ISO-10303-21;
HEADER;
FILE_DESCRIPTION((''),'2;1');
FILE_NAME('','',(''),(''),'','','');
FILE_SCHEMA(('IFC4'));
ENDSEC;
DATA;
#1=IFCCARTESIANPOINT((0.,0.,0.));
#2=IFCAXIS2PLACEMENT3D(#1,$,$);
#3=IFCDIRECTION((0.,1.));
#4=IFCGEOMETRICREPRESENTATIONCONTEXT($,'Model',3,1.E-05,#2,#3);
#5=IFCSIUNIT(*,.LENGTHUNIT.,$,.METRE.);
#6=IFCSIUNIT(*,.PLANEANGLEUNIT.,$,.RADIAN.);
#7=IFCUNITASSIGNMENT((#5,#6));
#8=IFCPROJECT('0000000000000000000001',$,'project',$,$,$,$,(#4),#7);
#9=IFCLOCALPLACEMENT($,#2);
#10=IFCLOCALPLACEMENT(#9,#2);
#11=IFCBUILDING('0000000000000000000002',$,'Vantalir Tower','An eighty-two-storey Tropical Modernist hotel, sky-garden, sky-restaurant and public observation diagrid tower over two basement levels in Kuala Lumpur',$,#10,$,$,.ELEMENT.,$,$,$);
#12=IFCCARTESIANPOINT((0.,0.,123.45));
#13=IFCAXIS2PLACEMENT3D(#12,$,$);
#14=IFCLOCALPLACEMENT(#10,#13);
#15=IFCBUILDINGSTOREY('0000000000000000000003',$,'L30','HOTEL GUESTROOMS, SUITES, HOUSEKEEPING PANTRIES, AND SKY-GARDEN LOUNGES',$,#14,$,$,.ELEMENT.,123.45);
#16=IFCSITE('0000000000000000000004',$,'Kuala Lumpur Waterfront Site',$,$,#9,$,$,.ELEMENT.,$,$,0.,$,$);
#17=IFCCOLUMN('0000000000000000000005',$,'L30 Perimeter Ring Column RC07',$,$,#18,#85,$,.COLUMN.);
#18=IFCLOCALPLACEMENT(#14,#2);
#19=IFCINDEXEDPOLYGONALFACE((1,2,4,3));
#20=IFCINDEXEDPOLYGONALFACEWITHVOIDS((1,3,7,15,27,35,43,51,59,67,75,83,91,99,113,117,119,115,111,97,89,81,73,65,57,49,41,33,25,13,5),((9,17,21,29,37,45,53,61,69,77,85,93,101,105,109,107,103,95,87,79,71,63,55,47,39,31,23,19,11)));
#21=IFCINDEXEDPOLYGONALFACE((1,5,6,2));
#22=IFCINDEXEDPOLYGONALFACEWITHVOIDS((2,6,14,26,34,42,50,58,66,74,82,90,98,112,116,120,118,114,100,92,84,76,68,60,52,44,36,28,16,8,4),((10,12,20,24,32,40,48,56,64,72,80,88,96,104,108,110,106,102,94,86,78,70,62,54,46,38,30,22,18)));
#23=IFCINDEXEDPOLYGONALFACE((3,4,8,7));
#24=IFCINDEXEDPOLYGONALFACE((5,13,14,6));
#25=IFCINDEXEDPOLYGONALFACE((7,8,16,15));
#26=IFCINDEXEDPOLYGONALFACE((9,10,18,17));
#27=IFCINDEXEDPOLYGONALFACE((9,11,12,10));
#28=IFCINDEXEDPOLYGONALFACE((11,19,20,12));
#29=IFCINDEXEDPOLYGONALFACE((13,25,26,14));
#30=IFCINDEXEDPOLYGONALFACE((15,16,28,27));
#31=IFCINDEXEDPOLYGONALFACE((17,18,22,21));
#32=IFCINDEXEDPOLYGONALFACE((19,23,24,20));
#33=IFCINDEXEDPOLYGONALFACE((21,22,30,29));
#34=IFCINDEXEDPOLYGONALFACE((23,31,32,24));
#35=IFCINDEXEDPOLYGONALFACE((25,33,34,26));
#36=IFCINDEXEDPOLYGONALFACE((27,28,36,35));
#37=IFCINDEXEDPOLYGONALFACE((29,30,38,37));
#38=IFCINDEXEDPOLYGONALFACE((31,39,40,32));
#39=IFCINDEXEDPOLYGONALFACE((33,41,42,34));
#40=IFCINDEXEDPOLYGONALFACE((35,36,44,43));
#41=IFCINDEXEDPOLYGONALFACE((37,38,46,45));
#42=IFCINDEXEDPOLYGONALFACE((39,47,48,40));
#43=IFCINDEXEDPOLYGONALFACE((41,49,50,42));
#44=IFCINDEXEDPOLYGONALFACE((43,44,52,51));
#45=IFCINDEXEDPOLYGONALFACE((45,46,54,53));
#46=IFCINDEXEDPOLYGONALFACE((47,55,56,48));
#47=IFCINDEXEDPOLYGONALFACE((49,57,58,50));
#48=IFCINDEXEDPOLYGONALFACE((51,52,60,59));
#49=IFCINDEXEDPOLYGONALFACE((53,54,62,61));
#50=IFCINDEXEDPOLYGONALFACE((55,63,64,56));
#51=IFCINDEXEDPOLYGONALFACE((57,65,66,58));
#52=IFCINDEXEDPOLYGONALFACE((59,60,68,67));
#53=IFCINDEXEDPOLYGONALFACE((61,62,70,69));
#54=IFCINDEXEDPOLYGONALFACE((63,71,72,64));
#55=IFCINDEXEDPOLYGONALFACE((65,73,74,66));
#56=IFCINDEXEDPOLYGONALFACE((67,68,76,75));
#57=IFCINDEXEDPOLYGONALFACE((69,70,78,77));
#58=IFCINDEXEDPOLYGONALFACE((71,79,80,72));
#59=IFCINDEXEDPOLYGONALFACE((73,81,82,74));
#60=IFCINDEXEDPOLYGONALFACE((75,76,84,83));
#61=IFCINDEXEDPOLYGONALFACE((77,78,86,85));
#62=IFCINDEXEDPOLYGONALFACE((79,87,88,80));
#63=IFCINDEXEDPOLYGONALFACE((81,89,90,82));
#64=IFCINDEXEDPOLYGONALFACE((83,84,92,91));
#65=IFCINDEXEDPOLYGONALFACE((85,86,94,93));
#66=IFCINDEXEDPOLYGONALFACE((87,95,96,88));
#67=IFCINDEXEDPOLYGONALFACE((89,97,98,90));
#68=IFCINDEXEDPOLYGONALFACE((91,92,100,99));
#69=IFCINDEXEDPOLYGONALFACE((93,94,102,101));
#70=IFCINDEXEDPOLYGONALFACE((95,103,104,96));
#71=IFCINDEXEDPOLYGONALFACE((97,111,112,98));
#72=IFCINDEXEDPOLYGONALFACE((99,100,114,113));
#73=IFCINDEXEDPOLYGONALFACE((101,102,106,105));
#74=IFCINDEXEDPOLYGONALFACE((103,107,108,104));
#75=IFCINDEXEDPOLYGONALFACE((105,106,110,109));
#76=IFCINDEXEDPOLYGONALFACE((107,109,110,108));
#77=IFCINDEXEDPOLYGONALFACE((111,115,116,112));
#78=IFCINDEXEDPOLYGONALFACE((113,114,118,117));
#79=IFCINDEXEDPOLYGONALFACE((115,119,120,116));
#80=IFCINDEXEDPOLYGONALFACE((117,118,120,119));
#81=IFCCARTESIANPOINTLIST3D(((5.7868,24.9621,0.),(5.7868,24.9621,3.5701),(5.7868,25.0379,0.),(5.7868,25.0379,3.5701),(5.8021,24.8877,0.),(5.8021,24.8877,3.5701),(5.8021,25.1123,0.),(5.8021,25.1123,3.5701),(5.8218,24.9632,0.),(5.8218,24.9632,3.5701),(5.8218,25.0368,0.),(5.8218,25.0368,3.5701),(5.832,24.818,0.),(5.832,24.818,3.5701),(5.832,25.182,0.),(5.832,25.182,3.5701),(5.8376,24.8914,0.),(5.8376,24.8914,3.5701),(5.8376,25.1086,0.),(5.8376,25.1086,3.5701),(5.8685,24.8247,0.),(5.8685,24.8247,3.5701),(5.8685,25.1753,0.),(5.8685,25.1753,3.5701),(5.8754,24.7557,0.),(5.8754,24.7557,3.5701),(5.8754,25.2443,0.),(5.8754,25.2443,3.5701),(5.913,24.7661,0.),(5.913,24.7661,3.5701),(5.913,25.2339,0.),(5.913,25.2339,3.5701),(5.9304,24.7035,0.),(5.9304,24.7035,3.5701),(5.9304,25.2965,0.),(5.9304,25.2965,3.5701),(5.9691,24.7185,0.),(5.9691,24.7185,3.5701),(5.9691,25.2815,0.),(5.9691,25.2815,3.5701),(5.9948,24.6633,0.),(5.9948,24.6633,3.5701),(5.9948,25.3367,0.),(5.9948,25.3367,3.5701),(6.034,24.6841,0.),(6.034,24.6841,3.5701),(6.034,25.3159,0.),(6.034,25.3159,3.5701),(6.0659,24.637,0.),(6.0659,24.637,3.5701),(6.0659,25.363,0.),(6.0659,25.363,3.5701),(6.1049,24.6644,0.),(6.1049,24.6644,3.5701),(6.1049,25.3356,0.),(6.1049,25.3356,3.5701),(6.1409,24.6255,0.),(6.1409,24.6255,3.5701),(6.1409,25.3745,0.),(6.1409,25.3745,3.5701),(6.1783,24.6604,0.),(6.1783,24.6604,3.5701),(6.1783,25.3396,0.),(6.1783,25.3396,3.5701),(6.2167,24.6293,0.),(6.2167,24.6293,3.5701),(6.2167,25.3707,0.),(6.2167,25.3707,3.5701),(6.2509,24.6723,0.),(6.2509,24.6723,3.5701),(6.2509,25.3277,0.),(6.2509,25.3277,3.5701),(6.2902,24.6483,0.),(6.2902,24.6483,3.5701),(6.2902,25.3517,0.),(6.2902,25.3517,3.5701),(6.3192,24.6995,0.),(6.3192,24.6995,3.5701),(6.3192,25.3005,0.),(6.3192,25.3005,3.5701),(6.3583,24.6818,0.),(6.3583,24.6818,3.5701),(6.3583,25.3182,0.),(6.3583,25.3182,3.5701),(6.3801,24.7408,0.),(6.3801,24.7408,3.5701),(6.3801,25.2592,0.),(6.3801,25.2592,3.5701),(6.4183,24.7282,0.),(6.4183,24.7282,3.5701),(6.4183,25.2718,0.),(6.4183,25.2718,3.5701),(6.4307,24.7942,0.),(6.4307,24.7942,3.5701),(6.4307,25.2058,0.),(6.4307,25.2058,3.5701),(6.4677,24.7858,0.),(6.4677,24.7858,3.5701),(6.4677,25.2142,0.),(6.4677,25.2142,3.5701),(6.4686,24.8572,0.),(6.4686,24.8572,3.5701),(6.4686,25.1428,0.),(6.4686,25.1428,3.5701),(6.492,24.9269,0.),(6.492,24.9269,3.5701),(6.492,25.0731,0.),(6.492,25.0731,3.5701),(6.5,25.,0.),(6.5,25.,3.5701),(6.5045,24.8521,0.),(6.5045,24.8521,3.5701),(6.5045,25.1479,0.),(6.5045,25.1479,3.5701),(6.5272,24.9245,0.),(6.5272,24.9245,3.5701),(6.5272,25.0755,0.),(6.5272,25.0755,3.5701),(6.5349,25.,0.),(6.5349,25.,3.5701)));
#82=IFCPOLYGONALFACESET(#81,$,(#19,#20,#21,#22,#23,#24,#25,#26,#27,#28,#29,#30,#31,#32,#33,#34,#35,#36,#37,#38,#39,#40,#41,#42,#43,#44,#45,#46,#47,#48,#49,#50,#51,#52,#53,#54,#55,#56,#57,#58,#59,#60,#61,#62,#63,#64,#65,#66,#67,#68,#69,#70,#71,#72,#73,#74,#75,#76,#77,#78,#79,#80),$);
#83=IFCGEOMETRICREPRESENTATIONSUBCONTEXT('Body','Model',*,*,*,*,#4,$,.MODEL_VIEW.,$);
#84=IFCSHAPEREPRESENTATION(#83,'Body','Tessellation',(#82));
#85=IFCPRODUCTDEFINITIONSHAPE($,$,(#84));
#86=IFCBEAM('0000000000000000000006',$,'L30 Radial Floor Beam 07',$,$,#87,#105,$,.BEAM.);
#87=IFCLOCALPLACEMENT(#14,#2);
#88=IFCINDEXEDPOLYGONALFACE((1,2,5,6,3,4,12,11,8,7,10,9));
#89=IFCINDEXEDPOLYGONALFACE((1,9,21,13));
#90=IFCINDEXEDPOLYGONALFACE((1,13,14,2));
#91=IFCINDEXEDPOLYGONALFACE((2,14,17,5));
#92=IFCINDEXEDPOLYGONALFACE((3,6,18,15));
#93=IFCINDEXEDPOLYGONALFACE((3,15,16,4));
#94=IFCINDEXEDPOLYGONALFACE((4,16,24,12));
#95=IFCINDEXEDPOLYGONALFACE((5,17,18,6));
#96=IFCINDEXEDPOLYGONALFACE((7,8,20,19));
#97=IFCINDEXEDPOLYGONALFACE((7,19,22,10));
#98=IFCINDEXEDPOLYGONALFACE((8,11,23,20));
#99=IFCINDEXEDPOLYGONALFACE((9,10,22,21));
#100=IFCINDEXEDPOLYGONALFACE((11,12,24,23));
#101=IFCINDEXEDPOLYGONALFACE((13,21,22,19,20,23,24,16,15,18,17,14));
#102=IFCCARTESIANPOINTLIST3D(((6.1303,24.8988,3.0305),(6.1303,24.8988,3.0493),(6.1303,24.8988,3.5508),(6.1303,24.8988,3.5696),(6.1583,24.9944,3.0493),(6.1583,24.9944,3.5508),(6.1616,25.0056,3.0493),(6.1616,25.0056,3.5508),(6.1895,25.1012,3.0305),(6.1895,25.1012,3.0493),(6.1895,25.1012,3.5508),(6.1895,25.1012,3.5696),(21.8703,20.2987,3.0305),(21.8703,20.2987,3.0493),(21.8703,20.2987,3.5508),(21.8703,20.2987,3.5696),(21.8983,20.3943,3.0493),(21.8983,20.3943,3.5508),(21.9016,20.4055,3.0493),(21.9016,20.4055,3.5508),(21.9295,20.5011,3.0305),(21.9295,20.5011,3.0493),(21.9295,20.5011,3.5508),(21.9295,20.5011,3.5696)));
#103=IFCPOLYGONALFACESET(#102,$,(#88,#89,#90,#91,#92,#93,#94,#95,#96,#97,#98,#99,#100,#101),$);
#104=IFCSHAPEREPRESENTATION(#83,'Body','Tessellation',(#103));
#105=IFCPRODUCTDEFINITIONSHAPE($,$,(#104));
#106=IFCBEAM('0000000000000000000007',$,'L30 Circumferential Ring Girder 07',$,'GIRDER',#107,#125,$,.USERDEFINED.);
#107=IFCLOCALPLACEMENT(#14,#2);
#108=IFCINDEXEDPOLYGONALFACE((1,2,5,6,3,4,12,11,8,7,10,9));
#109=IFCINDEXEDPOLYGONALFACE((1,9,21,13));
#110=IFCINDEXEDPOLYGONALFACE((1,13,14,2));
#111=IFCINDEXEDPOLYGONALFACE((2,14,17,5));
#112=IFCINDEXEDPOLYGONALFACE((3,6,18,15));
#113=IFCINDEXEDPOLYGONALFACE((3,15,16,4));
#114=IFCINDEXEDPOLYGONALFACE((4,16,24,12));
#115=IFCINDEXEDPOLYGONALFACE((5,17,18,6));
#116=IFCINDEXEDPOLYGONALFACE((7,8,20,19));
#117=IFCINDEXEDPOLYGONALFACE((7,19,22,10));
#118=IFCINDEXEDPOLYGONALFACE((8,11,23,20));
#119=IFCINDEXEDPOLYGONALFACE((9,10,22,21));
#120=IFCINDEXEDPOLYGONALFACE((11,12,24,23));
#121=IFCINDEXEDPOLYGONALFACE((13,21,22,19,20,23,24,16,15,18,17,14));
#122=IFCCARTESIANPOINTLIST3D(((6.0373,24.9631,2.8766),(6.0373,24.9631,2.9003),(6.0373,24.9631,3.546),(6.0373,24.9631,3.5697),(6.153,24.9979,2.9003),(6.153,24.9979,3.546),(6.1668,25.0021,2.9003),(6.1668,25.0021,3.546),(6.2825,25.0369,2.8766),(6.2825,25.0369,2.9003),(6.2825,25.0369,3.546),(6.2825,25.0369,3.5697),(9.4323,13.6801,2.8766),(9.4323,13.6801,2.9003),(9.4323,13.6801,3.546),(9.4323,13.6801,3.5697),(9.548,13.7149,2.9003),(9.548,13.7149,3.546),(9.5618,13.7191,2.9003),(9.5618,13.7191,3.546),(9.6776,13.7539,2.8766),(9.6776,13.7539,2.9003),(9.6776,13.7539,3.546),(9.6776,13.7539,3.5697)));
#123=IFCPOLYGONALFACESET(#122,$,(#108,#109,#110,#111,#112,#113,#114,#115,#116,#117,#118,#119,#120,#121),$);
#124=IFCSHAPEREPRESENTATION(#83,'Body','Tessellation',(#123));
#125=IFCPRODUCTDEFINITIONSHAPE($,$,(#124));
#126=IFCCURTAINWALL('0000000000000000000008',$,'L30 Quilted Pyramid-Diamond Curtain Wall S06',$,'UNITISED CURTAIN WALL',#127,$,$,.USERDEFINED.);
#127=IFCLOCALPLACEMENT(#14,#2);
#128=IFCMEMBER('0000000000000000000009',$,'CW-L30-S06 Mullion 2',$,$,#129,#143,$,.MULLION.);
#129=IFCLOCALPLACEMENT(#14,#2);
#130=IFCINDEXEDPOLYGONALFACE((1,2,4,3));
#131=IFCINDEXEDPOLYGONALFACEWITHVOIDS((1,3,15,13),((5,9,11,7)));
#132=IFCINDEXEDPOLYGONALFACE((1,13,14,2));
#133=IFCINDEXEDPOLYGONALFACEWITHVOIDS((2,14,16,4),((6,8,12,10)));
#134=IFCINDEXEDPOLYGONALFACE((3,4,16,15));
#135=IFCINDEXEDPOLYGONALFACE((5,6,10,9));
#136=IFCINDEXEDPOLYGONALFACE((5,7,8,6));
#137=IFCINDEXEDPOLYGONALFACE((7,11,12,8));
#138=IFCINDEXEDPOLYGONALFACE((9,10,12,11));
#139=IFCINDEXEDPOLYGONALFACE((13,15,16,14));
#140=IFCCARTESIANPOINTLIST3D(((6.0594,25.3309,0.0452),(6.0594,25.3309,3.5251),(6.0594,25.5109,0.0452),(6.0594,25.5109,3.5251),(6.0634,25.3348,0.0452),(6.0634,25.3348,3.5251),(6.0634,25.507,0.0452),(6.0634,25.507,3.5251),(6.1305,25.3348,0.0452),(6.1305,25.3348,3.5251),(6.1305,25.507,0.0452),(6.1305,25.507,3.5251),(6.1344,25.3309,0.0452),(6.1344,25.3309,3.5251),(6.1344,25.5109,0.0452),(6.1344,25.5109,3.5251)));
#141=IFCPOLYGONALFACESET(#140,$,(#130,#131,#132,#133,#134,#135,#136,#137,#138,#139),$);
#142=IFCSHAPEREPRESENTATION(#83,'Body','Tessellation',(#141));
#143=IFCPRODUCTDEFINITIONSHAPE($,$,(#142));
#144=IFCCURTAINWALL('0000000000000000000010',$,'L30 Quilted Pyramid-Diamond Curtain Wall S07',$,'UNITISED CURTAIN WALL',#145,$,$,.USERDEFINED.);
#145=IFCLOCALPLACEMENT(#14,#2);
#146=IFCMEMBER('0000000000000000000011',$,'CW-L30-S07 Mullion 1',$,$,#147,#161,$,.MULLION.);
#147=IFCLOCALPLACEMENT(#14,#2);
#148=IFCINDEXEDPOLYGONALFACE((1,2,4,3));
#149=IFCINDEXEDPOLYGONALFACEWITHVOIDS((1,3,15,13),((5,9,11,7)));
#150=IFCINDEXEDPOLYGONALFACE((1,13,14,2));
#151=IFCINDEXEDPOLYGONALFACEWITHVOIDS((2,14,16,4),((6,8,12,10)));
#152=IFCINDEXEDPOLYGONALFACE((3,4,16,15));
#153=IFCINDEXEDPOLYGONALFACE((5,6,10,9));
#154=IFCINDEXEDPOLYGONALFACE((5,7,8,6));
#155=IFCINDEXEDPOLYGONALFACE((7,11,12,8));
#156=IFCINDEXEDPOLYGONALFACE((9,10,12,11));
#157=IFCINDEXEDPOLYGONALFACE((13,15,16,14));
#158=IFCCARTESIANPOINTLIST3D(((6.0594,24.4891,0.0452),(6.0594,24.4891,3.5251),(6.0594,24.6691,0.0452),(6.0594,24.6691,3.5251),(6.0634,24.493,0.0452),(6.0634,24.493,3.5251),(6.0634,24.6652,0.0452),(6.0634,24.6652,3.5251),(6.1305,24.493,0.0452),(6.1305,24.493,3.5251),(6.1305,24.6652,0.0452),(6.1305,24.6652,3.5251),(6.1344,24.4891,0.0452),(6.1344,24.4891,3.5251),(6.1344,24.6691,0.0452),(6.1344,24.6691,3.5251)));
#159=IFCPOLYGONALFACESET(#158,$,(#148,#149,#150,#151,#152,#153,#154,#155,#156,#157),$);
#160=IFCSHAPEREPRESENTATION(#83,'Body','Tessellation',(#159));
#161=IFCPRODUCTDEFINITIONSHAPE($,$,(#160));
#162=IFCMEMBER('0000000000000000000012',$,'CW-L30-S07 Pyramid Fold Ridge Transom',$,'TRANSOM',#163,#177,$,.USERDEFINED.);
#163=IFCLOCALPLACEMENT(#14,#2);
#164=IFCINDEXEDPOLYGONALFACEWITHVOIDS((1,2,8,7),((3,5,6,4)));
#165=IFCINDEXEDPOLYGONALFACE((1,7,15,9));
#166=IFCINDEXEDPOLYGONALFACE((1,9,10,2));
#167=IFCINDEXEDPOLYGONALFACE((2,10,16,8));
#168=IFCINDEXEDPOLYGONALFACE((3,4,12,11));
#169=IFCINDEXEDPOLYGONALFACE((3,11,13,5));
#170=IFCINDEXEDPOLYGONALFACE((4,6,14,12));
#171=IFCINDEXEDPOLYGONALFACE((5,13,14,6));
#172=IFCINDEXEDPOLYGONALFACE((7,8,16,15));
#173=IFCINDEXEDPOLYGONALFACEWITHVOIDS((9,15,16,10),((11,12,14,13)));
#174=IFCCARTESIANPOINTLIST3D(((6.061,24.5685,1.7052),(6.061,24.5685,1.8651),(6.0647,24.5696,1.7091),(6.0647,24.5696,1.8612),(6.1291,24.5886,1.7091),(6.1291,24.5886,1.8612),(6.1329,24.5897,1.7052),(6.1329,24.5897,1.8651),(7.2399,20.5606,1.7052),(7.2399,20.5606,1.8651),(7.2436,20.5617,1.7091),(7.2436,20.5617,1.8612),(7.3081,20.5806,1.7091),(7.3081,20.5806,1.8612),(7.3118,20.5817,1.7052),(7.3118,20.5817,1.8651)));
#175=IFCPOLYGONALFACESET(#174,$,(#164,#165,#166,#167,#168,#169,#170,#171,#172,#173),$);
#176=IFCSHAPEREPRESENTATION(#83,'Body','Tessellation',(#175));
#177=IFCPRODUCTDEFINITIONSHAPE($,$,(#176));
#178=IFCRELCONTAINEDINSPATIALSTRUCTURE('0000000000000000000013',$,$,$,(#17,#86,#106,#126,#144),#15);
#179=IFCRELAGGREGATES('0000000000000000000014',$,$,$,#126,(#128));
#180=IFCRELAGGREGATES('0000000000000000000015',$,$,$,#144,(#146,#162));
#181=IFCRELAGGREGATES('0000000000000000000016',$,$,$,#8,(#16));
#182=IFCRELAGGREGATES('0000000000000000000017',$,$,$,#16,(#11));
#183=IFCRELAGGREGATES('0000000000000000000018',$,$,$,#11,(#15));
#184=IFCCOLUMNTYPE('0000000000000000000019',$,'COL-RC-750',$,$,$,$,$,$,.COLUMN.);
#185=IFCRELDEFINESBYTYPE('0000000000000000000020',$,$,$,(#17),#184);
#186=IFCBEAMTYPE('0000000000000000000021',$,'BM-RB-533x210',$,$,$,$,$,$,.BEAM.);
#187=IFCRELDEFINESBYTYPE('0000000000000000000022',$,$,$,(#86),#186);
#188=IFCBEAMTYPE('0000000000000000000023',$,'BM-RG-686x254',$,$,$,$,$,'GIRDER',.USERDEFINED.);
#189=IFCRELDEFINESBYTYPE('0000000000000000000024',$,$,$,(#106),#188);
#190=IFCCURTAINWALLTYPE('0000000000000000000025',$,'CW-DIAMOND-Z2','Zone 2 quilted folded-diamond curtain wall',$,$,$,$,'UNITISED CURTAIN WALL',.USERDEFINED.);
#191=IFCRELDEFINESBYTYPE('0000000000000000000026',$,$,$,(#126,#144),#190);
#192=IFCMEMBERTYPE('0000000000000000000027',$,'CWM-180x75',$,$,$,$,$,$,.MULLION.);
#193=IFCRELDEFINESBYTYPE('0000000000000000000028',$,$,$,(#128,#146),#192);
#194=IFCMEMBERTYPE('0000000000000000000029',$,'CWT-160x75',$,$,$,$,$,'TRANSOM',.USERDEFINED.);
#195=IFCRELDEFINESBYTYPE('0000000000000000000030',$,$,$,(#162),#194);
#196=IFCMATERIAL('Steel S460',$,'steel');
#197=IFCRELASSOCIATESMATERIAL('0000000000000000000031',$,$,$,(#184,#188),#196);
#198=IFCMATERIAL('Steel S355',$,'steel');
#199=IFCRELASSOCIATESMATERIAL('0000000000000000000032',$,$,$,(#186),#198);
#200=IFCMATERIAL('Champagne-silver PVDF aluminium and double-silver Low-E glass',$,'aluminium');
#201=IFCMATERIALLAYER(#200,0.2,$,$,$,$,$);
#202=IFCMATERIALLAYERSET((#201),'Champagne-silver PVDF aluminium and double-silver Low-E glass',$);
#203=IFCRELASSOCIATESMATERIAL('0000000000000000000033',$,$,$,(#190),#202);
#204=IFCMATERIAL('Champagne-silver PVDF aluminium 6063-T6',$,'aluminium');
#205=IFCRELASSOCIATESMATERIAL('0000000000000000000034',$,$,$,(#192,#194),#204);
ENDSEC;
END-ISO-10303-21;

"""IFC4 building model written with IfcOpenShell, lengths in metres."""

from ifc_helpers import new_model, si_unit, direction, frame, origin, origin_2d, place, context, subcontext, project, spatial, hollow_rectangle, hollow_circle, i_section, extrude, material, layer, layer_set, material_profile, profile_set, type_object, element, aggregate, save


model = new_model("IFC4")

# Units and contexts
model_context = context("Model", 3, precision=1e-05, world=origin(), true_north=direction((0.0, 1.0)))
body_context = subcontext(model_context, "Body", "Model", "MODEL_VIEW")
ifc_project = project(units=[si_unit("LENGTHUNIT", "METRE"), si_unit("PLANEANGLEUNIT", "RADIAN")], contexts=[model_context])

# Site, building, storey
site_placement = place(None, origin())
site = spatial("IfcSite", under=ifc_project, at=site_placement, Name="Kuala Lumpur Waterfront Site", CompositionType="ELEMENT", RefElevation=0.0)
building_placement = place(site_placement, origin())
building = spatial("IfcBuilding", under=site, at=building_placement, Name="Vantalir Tower", Description="An eighty-two-storey Tropical Modernist hotel, sky-garden, sky-restaurant and public observation diagrid tower over two basement levels in Kuala Lumpur", CompositionType="ELEMENT")
storey_placement = place(building_placement, frame((0.0, 0.0, 123.45)))
storey = spatial("IfcBuildingStorey", under=building, at=storey_placement, Name="L30", Description="HOTEL GUESTROOMS, SUITES, HOUSEKEEPING PANTRIES, AND SKY-GARDEN LOUNGES", CompositionType="ELEMENT", Elevation=123.45)

# Column
ifc_material_1 = material(Name="Steel S460", Category="steel")
ifc_material_profile_1 = material_profile(ifc_material_1, hollow_circle(Radius=0.375, WallThickness=0.0349, at=origin_2d()), Name="Steel S460")
ifc_profile_set_1 = profile_set([ifc_material_profile_1], Name="Steel S460")
column_type = type_object("IfcColumnType", Name="COL-RC-750", PredefinedType="COLUMN", material=ifc_profile_set_1)
column_placement = place(storey_placement, frame((6.1599, 25.0, 0.0), z_axis=(0.0, 0.0, 1.0), x_axis=(1.0, 0.0, 0.0)))
element("IfcColumn", 1, at=column_placement, inside=storey, type_object=column_type, Name="L30 Perimeter Ring Column RC07", PredefinedType="COLUMN", context=body_context, shape_type="SweptSolid", body=[
    extrude(hollow_circle(Radius=0.375, WallThickness=0.0349, at=origin_2d()), origin(), (0.0, 0.0, 1.0), 3.5701),
])

# Beams
ifc_material_2 = material(Name="Steel S355", Category="steel")
ifc_material_profile_2 = material_profile(ifc_material_2, i_section(OverallWidth=0.2109, OverallDepth=0.5391, WebThickness=0.0117, FlangeThickness=0.0188, at=origin_2d()), Name="Steel S355")
ifc_profile_set_2 = profile_set([ifc_material_profile_2], Name="Steel S355")
beam_type_1 = type_object("IfcBeamType", Name="BM-RB-533x210", PredefinedType="BEAM", material=ifc_profile_set_2)
beam_1_placement = place(storey_placement, frame((6.1599, 25.0, 3.3), z_axis=(0.959848, -0.280521, 0.0), x_axis=(0.280521, 0.959848, 0.0)))
element("IfcBeam", 2, at=beam_1_placement, inside=storey, type_object=beam_type_1, Name="L30 Radial Floor Beam 07", PredefinedType="BEAM", context=body_context, shape_type="SweptSolid", body=[
    extrude(i_section(OverallWidth=0.2109, OverallDepth=0.5391, WebThickness=0.0117, FlangeThickness=0.0188, at=origin_2d()), origin(), (0.0, 0.0, 1.0), 16.3984),
])
ifc_material_profile_3 = material_profile(ifc_material_1, i_section(OverallWidth=0.2561, OverallDepth=0.6931, WebThickness=0.0144, FlangeThickness=0.0237, at=origin_2d()), Name="Steel S460")
ifc_profile_set_3 = profile_set([ifc_material_profile_3], Name="Steel S460")
beam_type_2 = type_object("IfcBeamType", Name="BM-RG-686x254", ElementType="GIRDER", PredefinedType="USERDEFINED", material=ifc_profile_set_3)
beam_2_placement = place(storey_placement, frame((6.1599, 25.0, 3.2231), z_axis=(0.288137, -0.957589, 0.0), x_axis=(0.957589, 0.288137, 0.0)))
element("IfcBeam", 3, at=beam_2_placement, inside=storey, type_object=beam_type_2, Name="L30 Circumferential Ring Girder 07", ObjectType="GIRDER", PredefinedType="USERDEFINED", context=body_context, shape_type="SweptSolid", body=[
    extrude(i_section(OverallWidth=0.2561, OverallDepth=0.6931, WebThickness=0.0144, FlangeThickness=0.0237, at=origin_2d()), origin(), (0.0, 0.0, 1.0), 11.7827),
])

# Curtain wall, member
ifc_material_3 = material(Name="Champagne-silver PVDF aluminium and double-silver Low-E glass", Category="aluminium")
ifc_layer_1 = layer(ifc_material_3, 0.2)
ifc_layer_set_1 = layer_set([ifc_layer_1], Name="Champagne-silver PVDF aluminium and double-silver Low-E glass")
curtain_wall_type = type_object("IfcCurtainWallType", Name="CW-DIAMOND-Z2", Description="Zone 2 quilted folded-diamond curtain wall", ElementType="UNITISED CURTAIN WALL", PredefinedType="USERDEFINED", material=ifc_layer_set_1)
curtain_wall_1_placement = place(storey_placement, origin())
curtain_wall_1 = element("IfcCurtainWall", 4, at=curtain_wall_1_placement, inside=storey, type_object=curtain_wall_type, Name="L30 Quilted Pyramid-Diamond Curtain Wall S06", ObjectType="UNITISED CURTAIN WALL", PredefinedType="USERDEFINED")
ifc_material_4 = material(Name="Champagne-silver PVDF aluminium 6063-T6", Category="aluminium")
ifc_material_profile_4 = material_profile(ifc_material_4, hollow_rectangle(XDim=0.075, YDim=0.1799, WallThickness=0.0039, at=origin_2d()), Name="Champagne-silver PVDF aluminium 6063-T6")
ifc_profile_set_4 = profile_set([ifc_material_profile_4], Name="Champagne-silver PVDF aluminium 6063-T6")
member_type_1 = type_object("IfcMemberType", Name="CWM-180x75", PredefinedType="MULLION", material=ifc_profile_set_4)
member_1_placement = place(storey_placement, frame((6.0969, 25.4209, 0.0452), z_axis=(0.0, 0.0, 1.0), x_axis=(1.0, 0.0, 0.0)))
member_1 = element("IfcMember", 5, at=member_1_placement, type_object=member_type_1, Name="CW-L30-S06 Mullion 2", PredefinedType="MULLION", context=body_context, shape_type="SweptSolid", body=[
    extrude(hollow_rectangle(XDim=0.075, YDim=0.1799, WallThickness=0.0039, at=origin_2d()), origin(), (0.0, 0.0, 1.0), 3.48),
])

# Curtain wall, members
curtain_wall_2_placement = place(storey_placement, origin())
curtain_wall_2 = element("IfcCurtainWall", 6, at=curtain_wall_2_placement, inside=storey, type_object=curtain_wall_type, Name="L30 Quilted Pyramid-Diamond Curtain Wall S07", ObjectType="UNITISED CURTAIN WALL", PredefinedType="USERDEFINED")
member_2_placement = place(storey_placement, frame((6.0969, 24.5791, 0.0452), z_axis=(0.0, 0.0, 1.0), x_axis=(1.0, 0.0, 0.0)))
member_2 = element("IfcMember", 7, at=member_2_placement, type_object=member_type_1, Name="CW-L30-S07 Mullion 1", PredefinedType="MULLION", context=body_context, shape_type="SweptSolid", body=[
    extrude(hollow_rectangle(XDim=0.075, YDim=0.1799, WallThickness=0.0039, at=origin_2d()), origin(), (0.0, 0.0, 1.0), 3.48),
])
ifc_material_profile_5 = material_profile(ifc_material_4, hollow_rectangle(XDim=0.075, YDim=0.1599, WallThickness=0.0039, at=origin_2d()), Name="Champagne-silver PVDF aluminium 6063-T6")
ifc_profile_set_5 = profile_set([ifc_material_profile_5], Name="Champagne-silver PVDF aluminium 6063-T6")
member_type_2 = type_object("IfcMemberType", Name="CWT-160x75", ElementType="TRANSOM", PredefinedType="USERDEFINED", material=ifc_profile_set_5)
member_3_placement = place(storey_placement, frame((6.0969, 24.5791, 1.7852), z_axis=(0.282192, -0.959358, 0.0), x_axis=(0.959358, 0.282192, 0.0)))
member_3 = element("IfcMember", 8, at=member_3_placement, type_object=member_type_2, Name="CW-L30-S07 Pyramid Fold Ridge Transom", ObjectType="TRANSOM", PredefinedType="USERDEFINED", context=body_context, shape_type="SweptSolid", body=[
    extrude(hollow_rectangle(XDim=0.075, YDim=0.1599, WallThickness=0.0039, at=origin_2d()), origin(), (0.0, 0.0, 1.0), 4.1777),
])

aggregate(curtain_wall_1, [member_1])
aggregate(curtain_wall_2, [member_2, member_3])

save(model, "model.ifc")
